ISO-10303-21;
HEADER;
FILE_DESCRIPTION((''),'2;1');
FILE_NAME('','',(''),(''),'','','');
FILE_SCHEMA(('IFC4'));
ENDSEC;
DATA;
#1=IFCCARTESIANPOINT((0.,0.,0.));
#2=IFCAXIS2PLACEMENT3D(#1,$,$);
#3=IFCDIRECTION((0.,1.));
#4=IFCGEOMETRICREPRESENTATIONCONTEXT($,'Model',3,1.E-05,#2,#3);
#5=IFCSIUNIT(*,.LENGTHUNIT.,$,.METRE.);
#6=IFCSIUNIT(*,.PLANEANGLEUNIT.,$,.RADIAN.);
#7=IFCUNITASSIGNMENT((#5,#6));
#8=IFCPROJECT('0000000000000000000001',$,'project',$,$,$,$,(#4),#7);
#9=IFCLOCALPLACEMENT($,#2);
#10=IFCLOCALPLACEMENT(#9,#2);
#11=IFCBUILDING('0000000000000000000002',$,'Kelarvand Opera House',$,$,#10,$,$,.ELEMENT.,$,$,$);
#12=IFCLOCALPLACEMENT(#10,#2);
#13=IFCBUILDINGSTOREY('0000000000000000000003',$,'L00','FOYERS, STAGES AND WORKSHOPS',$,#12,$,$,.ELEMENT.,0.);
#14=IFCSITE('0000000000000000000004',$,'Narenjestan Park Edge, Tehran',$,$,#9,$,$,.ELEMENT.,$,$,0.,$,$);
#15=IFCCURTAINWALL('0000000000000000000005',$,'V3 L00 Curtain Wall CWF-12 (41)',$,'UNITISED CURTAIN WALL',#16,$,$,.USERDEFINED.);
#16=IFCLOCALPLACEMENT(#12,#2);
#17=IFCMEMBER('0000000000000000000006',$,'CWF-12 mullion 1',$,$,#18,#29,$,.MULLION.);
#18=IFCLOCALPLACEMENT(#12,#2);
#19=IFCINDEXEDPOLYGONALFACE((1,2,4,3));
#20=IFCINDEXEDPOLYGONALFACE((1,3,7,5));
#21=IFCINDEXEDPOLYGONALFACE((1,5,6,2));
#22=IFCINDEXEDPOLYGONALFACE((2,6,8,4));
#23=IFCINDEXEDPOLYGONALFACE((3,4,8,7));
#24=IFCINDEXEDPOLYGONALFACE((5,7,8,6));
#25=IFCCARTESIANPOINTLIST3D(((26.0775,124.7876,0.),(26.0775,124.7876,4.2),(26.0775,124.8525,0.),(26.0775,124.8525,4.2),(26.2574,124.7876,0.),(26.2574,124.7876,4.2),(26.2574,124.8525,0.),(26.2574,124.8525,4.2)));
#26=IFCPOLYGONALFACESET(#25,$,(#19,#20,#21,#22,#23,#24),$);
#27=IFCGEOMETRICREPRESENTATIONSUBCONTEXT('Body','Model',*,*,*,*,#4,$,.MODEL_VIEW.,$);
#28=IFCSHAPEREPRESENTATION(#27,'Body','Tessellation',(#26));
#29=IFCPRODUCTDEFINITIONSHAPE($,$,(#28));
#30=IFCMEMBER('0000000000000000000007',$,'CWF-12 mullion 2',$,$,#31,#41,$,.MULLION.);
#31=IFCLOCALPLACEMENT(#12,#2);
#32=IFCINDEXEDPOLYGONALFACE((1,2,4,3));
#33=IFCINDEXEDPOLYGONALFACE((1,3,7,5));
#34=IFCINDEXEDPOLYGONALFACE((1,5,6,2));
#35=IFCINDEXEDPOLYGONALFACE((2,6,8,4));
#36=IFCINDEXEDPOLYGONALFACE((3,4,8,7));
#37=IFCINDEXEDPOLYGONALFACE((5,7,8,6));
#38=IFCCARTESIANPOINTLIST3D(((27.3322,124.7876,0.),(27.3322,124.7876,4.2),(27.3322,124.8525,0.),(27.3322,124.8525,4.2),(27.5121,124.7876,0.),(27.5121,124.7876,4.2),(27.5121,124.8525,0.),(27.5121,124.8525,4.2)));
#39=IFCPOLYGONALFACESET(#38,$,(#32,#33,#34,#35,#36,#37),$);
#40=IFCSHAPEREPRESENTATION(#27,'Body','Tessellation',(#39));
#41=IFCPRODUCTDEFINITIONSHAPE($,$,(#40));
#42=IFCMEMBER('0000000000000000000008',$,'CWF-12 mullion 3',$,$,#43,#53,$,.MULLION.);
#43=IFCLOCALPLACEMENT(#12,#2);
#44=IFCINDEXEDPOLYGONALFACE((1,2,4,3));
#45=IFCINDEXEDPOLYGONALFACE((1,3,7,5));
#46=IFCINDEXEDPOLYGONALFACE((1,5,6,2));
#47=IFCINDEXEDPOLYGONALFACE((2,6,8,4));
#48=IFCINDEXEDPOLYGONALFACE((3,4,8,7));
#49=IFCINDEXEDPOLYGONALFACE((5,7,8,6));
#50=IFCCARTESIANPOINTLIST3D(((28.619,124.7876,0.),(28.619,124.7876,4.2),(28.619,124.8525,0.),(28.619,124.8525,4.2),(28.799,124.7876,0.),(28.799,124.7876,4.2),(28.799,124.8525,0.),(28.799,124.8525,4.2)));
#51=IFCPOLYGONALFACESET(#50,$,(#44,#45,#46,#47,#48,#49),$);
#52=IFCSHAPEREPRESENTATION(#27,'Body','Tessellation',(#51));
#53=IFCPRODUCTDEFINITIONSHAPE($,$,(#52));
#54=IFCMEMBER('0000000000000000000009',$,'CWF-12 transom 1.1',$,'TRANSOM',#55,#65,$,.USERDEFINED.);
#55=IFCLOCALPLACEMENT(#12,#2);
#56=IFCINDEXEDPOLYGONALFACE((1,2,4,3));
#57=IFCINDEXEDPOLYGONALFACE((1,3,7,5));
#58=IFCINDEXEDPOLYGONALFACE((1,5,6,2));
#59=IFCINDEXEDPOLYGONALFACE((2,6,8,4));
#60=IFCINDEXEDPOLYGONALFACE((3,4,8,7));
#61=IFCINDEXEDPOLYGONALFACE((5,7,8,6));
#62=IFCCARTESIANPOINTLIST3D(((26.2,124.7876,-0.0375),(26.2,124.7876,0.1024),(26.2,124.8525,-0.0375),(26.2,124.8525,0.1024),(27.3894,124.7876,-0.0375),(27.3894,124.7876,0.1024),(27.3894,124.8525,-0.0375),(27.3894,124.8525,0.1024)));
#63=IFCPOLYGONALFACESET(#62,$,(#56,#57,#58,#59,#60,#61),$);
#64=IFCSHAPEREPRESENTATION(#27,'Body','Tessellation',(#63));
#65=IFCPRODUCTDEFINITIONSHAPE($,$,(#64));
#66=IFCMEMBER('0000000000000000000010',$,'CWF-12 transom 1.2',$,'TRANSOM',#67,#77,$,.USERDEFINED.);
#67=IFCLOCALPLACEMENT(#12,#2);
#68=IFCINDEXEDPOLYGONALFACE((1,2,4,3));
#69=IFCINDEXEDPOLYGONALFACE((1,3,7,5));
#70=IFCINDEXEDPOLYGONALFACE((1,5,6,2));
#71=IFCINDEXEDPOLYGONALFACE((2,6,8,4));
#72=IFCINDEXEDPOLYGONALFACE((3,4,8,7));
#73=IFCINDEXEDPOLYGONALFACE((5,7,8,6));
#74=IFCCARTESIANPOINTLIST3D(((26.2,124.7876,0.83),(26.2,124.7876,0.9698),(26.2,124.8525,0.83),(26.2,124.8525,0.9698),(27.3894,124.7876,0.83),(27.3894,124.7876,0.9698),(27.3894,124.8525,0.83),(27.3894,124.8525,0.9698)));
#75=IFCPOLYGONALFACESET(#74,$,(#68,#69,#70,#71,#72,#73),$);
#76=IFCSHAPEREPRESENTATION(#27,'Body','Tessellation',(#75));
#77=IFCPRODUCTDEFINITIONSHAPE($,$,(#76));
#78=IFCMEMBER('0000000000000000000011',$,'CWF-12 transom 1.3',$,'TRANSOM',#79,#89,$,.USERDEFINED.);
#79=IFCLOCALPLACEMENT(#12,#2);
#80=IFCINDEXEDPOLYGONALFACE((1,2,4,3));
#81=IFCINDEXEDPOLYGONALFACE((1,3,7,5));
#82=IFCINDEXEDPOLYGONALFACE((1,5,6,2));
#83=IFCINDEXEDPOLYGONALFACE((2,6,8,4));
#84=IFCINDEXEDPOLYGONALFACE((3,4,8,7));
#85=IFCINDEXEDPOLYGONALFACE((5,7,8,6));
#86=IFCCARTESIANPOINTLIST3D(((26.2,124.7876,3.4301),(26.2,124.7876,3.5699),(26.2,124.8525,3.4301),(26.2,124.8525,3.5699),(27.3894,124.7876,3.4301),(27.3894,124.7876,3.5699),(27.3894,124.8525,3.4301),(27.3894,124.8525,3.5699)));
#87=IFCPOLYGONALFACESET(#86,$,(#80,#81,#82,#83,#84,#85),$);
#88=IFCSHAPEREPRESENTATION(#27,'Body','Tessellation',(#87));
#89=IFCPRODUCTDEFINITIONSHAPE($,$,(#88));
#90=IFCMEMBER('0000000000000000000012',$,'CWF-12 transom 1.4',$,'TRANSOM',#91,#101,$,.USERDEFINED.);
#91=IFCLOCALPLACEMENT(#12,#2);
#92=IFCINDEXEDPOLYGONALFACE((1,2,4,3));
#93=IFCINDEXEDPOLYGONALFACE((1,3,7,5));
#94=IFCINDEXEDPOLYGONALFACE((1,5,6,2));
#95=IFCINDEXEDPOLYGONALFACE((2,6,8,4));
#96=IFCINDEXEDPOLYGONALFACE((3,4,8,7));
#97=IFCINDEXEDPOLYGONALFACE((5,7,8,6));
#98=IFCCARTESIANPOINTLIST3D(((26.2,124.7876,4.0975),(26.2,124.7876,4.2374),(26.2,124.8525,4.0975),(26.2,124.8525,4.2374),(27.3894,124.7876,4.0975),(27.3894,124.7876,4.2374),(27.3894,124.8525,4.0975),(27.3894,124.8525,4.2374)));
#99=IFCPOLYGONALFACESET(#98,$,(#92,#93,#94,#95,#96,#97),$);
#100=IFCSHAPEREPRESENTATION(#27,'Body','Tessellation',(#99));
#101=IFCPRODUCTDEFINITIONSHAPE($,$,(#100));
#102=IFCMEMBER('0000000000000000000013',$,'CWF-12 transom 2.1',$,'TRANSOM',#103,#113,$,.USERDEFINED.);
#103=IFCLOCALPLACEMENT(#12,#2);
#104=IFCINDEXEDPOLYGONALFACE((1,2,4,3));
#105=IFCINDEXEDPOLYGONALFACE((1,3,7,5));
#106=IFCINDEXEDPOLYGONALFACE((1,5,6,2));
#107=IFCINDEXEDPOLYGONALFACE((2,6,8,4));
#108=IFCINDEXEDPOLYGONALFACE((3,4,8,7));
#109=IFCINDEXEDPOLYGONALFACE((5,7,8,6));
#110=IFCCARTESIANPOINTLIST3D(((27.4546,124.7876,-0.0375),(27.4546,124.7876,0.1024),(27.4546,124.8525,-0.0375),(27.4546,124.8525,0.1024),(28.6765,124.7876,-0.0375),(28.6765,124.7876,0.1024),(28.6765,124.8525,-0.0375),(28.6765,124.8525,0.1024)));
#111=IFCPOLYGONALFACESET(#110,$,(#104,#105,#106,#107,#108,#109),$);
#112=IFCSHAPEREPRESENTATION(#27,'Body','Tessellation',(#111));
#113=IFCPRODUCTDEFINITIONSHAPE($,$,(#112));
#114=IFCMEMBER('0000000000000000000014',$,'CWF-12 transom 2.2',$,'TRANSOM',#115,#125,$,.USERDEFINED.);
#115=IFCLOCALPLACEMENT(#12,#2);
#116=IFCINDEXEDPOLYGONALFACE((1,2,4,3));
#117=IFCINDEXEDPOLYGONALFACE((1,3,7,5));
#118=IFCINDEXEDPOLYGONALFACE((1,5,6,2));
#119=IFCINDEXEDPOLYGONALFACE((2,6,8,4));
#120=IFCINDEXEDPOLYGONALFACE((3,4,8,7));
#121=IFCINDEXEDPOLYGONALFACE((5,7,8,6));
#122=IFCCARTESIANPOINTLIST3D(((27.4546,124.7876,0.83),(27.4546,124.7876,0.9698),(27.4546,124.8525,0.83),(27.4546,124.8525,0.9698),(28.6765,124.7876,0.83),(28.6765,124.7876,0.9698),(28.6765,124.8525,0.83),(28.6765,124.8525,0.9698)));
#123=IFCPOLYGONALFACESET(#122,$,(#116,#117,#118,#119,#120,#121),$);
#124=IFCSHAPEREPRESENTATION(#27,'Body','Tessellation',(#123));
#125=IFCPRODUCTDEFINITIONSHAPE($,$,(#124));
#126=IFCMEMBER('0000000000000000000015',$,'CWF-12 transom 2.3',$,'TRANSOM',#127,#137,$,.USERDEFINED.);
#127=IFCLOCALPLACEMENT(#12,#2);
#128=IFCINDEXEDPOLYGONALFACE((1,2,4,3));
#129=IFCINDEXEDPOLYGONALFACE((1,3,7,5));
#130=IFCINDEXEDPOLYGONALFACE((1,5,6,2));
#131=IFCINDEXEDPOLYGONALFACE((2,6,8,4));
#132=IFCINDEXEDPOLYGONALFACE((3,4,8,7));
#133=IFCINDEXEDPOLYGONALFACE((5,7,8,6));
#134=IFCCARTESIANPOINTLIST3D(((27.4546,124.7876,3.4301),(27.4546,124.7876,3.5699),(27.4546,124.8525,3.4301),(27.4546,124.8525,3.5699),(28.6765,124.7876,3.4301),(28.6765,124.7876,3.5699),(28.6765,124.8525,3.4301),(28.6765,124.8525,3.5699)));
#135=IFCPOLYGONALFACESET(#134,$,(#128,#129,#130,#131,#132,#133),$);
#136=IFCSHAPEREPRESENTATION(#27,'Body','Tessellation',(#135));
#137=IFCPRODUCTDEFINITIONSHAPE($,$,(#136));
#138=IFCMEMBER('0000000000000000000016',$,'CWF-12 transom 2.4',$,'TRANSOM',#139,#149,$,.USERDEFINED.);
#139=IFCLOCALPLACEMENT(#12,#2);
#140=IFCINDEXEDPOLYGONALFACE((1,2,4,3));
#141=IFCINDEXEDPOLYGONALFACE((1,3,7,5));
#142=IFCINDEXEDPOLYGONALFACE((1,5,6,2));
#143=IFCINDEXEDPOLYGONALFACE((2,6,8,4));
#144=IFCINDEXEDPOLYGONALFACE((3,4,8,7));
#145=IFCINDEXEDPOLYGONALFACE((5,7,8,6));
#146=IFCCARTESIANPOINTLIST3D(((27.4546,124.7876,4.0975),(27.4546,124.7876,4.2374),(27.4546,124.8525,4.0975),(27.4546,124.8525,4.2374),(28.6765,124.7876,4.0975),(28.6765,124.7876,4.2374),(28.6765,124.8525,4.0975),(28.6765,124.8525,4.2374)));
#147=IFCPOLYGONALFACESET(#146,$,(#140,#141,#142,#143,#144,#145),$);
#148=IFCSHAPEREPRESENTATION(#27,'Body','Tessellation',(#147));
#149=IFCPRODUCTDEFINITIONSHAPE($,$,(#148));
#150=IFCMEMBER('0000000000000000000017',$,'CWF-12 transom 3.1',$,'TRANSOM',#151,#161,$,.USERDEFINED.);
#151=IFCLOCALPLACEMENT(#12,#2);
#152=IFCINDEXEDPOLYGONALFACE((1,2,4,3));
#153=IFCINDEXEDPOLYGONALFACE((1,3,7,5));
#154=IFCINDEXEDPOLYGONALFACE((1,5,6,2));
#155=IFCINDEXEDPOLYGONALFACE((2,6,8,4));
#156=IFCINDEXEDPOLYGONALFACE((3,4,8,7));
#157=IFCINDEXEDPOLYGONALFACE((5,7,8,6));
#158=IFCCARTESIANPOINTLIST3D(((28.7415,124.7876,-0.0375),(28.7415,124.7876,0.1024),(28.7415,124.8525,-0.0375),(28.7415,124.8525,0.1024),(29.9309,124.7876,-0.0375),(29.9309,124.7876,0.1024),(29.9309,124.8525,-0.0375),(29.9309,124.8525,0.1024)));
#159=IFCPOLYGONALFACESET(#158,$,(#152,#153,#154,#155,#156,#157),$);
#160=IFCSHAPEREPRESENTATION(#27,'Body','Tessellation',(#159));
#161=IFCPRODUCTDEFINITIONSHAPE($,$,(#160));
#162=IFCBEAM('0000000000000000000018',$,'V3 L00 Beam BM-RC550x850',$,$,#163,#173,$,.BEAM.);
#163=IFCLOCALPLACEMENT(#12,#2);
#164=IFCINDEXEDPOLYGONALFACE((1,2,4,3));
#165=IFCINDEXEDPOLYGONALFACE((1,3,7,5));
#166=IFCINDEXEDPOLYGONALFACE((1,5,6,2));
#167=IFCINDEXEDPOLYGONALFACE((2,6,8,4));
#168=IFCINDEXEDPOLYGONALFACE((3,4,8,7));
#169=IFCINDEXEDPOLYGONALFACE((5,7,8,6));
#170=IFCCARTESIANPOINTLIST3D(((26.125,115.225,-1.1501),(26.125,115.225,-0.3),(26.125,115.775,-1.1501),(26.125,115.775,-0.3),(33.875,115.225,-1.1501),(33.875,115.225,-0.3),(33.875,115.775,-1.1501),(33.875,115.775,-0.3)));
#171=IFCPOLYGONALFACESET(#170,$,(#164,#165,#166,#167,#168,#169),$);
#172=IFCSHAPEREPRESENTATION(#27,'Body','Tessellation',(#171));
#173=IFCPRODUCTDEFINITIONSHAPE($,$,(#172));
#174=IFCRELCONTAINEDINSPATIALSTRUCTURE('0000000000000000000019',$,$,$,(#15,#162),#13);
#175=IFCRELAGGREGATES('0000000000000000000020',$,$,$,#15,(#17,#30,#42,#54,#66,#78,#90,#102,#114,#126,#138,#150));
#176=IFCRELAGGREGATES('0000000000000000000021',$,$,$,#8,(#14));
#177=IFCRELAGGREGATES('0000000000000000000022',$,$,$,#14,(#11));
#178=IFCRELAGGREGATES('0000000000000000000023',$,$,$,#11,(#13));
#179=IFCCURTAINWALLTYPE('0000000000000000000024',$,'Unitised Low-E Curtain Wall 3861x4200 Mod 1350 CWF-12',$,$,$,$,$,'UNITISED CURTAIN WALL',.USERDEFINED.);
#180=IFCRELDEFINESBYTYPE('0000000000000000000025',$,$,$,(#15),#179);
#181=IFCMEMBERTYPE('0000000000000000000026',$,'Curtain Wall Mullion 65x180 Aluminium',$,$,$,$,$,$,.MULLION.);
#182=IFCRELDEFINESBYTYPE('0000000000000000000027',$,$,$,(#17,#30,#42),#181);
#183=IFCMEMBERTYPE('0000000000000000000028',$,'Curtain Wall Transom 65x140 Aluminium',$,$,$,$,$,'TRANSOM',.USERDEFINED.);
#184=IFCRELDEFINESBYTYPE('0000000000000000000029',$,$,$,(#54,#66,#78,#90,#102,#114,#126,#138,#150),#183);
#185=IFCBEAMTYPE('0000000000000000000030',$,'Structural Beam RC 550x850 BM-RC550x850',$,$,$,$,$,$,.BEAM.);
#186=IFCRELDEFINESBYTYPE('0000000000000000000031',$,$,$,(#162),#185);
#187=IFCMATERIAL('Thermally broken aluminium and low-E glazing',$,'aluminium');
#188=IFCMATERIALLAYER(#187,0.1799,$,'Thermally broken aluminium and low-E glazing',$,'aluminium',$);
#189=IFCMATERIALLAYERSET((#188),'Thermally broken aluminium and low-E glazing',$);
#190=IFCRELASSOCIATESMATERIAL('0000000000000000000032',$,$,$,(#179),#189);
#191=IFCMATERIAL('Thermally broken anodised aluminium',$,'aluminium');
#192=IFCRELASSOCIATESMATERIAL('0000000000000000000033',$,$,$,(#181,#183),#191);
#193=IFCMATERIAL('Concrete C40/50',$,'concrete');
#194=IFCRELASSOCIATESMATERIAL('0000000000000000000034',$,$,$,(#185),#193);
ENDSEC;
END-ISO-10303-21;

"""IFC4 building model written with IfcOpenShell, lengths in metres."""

from ifc_helpers import new_model, si_unit, direction, frame, origin, origin_2d, place, context, subcontext, project, spatial, rectangle, extrude, material, layer, layer_set, material_profile, profile_set, type_object, element, aggregate, save


model = new_model("IFC4")

# Units and contexts
model_context = context("Model", 3, precision=1e-05, world=origin(), true_north=direction((0.0, 1.0)))
body_context = subcontext(model_context, "Body", "Model", "MODEL_VIEW")
ifc_project = project(units=[si_unit("LENGTHUNIT", "METRE"), si_unit("PLANEANGLEUNIT", "RADIAN")], contexts=[model_context])

# Site, building, storey
site_placement = place(None, origin())
site = spatial("IfcSite", under=ifc_project, at=site_placement, Name="Narenjestan Park Edge, Tehran", CompositionType="ELEMENT", RefElevation=0.0)
building_placement = place(site_placement, origin())
building = spatial("IfcBuilding", under=site, at=building_placement, Name="Kelarvand Opera House", CompositionType="ELEMENT")
storey_placement = place(building_placement, origin())
storey = spatial("IfcBuildingStorey", under=building, at=storey_placement, Name="L00", Description="FOYERS, STAGES AND WORKSHOPS", CompositionType="ELEMENT", Elevation=0.0)

# Curtain wall, members
ifc_material_1 = material(Name="Thermally broken aluminium and low-E glazing", Category="aluminium")
ifc_layer_1 = layer(ifc_material_1, 0.1799, Name="Thermally broken aluminium and low-E glazing", Category="aluminium")
ifc_layer_set_1 = layer_set([ifc_layer_1], Name="Thermally broken aluminium and low-E glazing")
curtain_wall_type = type_object("IfcCurtainWallType", Name="Unitised Low-E Curtain Wall 3861x4200 Mod 1350 CWF-12", ElementType="UNITISED CURTAIN WALL", PredefinedType="USERDEFINED", material=ifc_layer_set_1)
curtain_wall_placement = place(storey_placement, origin())
curtain_wall = element("IfcCurtainWall", 1, at=curtain_wall_placement, inside=storey, type_object=curtain_wall_type, Name="V3 L00 Curtain Wall CWF-12 (41)", ObjectType="UNITISED CURTAIN WALL", PredefinedType="USERDEFINED")
ifc_material_2 = material(Name="Thermally broken anodised aluminium", Category="aluminium")
ifc_material_profile_1 = material_profile(ifc_material_2, rectangle(XDim=0.0649, YDim=0.1799, at=origin_2d()), Name="ALU MULLION 65x180", Category="aluminium")
ifc_profile_set_1 = profile_set([ifc_material_profile_1], Name="Thermally broken anodised aluminium")
member_type_1 = type_object("IfcMemberType", Name="Curtain Wall Mullion 65x180 Aluminium", PredefinedType="MULLION", material=ifc_profile_set_1)
member_1_placement = place(storey_placement, frame((26.1675, 124.8201, 0.0), z_axis=(0.0, 0.0, 1.0), x_axis=(0.0, 1.0, 0.0)))
member_1 = element("IfcMember", 2, at=member_1_placement, type_object=member_type_1, Name="CWF-12 mullion 1", PredefinedType="MULLION", context=body_context, shape_type="SweptSolid", body=[
    extrude(rectangle(XDim=0.0649, YDim=0.1799, at=origin_2d()), origin(), (0.0, 0.0, 1.0), 4.2),
])
member_2_placement = place(storey_placement, frame((27.4221, 124.8201, 0.0), z_axis=(0.0, 0.0, 1.0), x_axis=(0.0, 1.0, 0.0)))
member_2 = element("IfcMember", 3, at=member_2_placement, type_object=member_type_1, Name="CWF-12 mullion 2", PredefinedType="MULLION", context=body_context, shape_type="SweptSolid", body=[
    extrude(rectangle(XDim=0.0649, YDim=0.1799, at=origin_2d()), origin(), (0.0, 0.0, 1.0), 4.2),
])
member_3_placement = place(storey_placement, frame((28.709, 124.8201, 0.0), z_axis=(0.0, 0.0, 1.0), x_axis=(0.0, 1.0, 0.0)))
member_3 = element("IfcMember", 4, at=member_3_placement, type_object=member_type_1, Name="CWF-12 mullion 3", PredefinedType="MULLION", context=body_context, shape_type="SweptSolid", body=[
    extrude(rectangle(XDim=0.0649, YDim=0.1799, at=origin_2d()), origin(), (0.0, 0.0, 1.0), 4.2),
])
ifc_material_profile_2 = material_profile(ifc_material_2, rectangle(XDim=0.0649, YDim=0.1399, at=origin_2d()), Name="ALU TRANSOM 65x140", Category="aluminium")
ifc_profile_set_2 = profile_set([ifc_material_profile_2], Name="Thermally broken anodised aluminium")
member_type_2 = type_object("IfcMemberType", Name="Curtain Wall Transom 65x140 Aluminium", ElementType="TRANSOM", PredefinedType="USERDEFINED", material=ifc_profile_set_2)
member_4_placement = place(storey_placement, frame((26.2, 124.8201, 0.0325), z_axis=(1.0, 0.0, 0.0), x_axis=(0.0, 1.0, 0.0)))
member_4 = element("IfcMember", 5, at=member_4_placement, type_object=member_type_2, Name="CWF-12 transom 1.1", ObjectType="TRANSOM", PredefinedType="USERDEFINED", context=body_context, shape_type="SweptSolid", body=[
    extrude(rectangle(XDim=0.0649, YDim=0.1399, at=origin_2d()), origin(), (0.0, 0.0, 1.0), 1.1895),
])
member_5_placement = place(storey_placement, frame((26.2, 124.8201, 0.8999), z_axis=(1.0, 0.0, 0.0), x_axis=(0.0, 1.0, 0.0)))
member_5 = element("IfcMember", 6, at=member_5_placement, type_object=member_type_2, Name="CWF-12 transom 1.2", ObjectType="TRANSOM", PredefinedType="USERDEFINED", context=body_context, shape_type="SweptSolid", body=[
    extrude(rectangle(XDim=0.0649, YDim=0.1399, at=origin_2d()), origin(), (0.0, 0.0, 1.0), 1.1895),
])
member_6_placement = place(storey_placement, frame((26.2, 124.8201, 3.5), z_axis=(1.0, 0.0, 0.0), x_axis=(0.0, 1.0, 0.0)))
member_6 = element("IfcMember", 7, at=member_6_placement, type_object=member_type_2, Name="CWF-12 transom 1.3", ObjectType="TRANSOM", PredefinedType="USERDEFINED", context=body_context, shape_type="SweptSolid", body=[
    extrude(rectangle(XDim=0.0649, YDim=0.1399, at=origin_2d()), origin(), (0.0, 0.0, 1.0), 1.1895),
])
member_7_placement = place(storey_placement, frame((26.2, 124.8201, 4.1675), z_axis=(1.0, 0.0, 0.0), x_axis=(0.0, 1.0, 0.0)))
member_7 = element("IfcMember", 8, at=member_7_placement, type_object=member_type_2, Name="CWF-12 transom 1.4", ObjectType="TRANSOM", PredefinedType="USERDEFINED", context=body_context, shape_type="SweptSolid", body=[
    extrude(rectangle(XDim=0.0649, YDim=0.1399, at=origin_2d()), origin(), (0.0, 0.0, 1.0), 1.1895),
])
member_8_placement = place(storey_placement, frame((27.4546, 124.8201, 0.0325), z_axis=(1.0, 0.0, 0.0), x_axis=(0.0, 1.0, 0.0)))
member_8 = element("IfcMember", 9, at=member_8_placement, type_object=member_type_2, Name="CWF-12 transom 2.1", ObjectType="TRANSOM", PredefinedType="USERDEFINED", context=body_context, shape_type="SweptSolid", body=[
    extrude(rectangle(XDim=0.0649, YDim=0.1399, at=origin_2d()), origin(), (0.0, 0.0, 1.0), 1.2219),
])
member_9_placement = place(storey_placement, frame((27.4546, 124.8201, 0.8999), z_axis=(1.0, 0.0, 0.0), x_axis=(0.0, 1.0, 0.0)))
member_9 = element("IfcMember", 10, at=member_9_placement, type_object=member_type_2, Name="CWF-12 transom 2.2", ObjectType="TRANSOM", PredefinedType="USERDEFINED", context=body_context, shape_type="SweptSolid", body=[
    extrude(rectangle(XDim=0.0649, YDim=0.1399, at=origin_2d()), origin(), (0.0, 0.0, 1.0), 1.2219),
])
member_10_placement = place(storey_placement, frame((27.4546, 124.8201, 3.5), z_axis=(1.0, 0.0, 0.0), x_axis=(0.0, 1.0, 0.0)))
member_10 = element("IfcMember", 11, at=member_10_placement, type_object=member_type_2, Name="CWF-12 transom 2.3", ObjectType="TRANSOM", PredefinedType="USERDEFINED", context=body_context, shape_type="SweptSolid", body=[
    extrude(rectangle(XDim=0.0649, YDim=0.1399, at=origin_2d()), origin(), (0.0, 0.0, 1.0), 1.2219),
])
member_11_placement = place(storey_placement, frame((27.4546, 124.8201, 4.1675), z_axis=(1.0, 0.0, 0.0), x_axis=(0.0, 1.0, 0.0)))
member_11 = element("IfcMember", 12, at=member_11_placement, type_object=member_type_2, Name="CWF-12 transom 2.4", ObjectType="TRANSOM", PredefinedType="USERDEFINED", context=body_context, shape_type="SweptSolid", body=[
    extrude(rectangle(XDim=0.0649, YDim=0.1399, at=origin_2d()), origin(), (0.0, 0.0, 1.0), 1.2219),
])
member_12_placement = place(storey_placement, frame((28.7415, 124.8201, 0.0325), z_axis=(1.0, 0.0, 0.0), x_axis=(0.0, 1.0, 0.0)))
member_12 = element("IfcMember", 13, at=member_12_placement, type_object=member_type_2, Name="CWF-12 transom 3.1", ObjectType="TRANSOM", PredefinedType="USERDEFINED", context=body_context, shape_type="SweptSolid", body=[
    extrude(rectangle(XDim=0.0649, YDim=0.1399, at=origin_2d()), origin(), (0.0, 0.0, 1.0), 1.1895),
])

# Beam
ifc_material_3 = material(Name="Concrete C40/50", Category="concrete")
ifc_material_profile_3 = material_profile(ifc_material_3, rectangle(XDim=0.55, YDim=0.8501, at=origin_2d()), Name="RC 550x850", Category="concrete")
ifc_profile_set_3 = profile_set([ifc_material_profile_3], Name="Concrete C40/50")
beam_type_1 = type_object("IfcBeamType", Name="Structural Beam RC 550x850 BM-RC550x850", PredefinedType="BEAM", material=ifc_profile_set_3)
beam_placement = place(storey_placement, frame((26.125, 115.5, -0.7251), z_axis=(1.0, 0.0, 0.0), x_axis=(0.0, 1.0, 0.0)))
element("IfcBeam", 14, at=beam_placement, inside=storey, type_object=beam_type_1, Name="V3 L00 Beam BM-RC550x850", PredefinedType="BEAM", context=body_context, shape_type="SweptSolid", body=[
    extrude(rectangle(XDim=0.55, YDim=0.8501, at=origin_2d()), origin(), (0.0, 0.0, 1.0), 7.75),
])

aggregate(curtain_wall, [member_1, member_2, member_3, member_4, member_5, member_6, member_7, member_8, member_9, member_10, member_11, member_12])

save(model, "model.ifc")
